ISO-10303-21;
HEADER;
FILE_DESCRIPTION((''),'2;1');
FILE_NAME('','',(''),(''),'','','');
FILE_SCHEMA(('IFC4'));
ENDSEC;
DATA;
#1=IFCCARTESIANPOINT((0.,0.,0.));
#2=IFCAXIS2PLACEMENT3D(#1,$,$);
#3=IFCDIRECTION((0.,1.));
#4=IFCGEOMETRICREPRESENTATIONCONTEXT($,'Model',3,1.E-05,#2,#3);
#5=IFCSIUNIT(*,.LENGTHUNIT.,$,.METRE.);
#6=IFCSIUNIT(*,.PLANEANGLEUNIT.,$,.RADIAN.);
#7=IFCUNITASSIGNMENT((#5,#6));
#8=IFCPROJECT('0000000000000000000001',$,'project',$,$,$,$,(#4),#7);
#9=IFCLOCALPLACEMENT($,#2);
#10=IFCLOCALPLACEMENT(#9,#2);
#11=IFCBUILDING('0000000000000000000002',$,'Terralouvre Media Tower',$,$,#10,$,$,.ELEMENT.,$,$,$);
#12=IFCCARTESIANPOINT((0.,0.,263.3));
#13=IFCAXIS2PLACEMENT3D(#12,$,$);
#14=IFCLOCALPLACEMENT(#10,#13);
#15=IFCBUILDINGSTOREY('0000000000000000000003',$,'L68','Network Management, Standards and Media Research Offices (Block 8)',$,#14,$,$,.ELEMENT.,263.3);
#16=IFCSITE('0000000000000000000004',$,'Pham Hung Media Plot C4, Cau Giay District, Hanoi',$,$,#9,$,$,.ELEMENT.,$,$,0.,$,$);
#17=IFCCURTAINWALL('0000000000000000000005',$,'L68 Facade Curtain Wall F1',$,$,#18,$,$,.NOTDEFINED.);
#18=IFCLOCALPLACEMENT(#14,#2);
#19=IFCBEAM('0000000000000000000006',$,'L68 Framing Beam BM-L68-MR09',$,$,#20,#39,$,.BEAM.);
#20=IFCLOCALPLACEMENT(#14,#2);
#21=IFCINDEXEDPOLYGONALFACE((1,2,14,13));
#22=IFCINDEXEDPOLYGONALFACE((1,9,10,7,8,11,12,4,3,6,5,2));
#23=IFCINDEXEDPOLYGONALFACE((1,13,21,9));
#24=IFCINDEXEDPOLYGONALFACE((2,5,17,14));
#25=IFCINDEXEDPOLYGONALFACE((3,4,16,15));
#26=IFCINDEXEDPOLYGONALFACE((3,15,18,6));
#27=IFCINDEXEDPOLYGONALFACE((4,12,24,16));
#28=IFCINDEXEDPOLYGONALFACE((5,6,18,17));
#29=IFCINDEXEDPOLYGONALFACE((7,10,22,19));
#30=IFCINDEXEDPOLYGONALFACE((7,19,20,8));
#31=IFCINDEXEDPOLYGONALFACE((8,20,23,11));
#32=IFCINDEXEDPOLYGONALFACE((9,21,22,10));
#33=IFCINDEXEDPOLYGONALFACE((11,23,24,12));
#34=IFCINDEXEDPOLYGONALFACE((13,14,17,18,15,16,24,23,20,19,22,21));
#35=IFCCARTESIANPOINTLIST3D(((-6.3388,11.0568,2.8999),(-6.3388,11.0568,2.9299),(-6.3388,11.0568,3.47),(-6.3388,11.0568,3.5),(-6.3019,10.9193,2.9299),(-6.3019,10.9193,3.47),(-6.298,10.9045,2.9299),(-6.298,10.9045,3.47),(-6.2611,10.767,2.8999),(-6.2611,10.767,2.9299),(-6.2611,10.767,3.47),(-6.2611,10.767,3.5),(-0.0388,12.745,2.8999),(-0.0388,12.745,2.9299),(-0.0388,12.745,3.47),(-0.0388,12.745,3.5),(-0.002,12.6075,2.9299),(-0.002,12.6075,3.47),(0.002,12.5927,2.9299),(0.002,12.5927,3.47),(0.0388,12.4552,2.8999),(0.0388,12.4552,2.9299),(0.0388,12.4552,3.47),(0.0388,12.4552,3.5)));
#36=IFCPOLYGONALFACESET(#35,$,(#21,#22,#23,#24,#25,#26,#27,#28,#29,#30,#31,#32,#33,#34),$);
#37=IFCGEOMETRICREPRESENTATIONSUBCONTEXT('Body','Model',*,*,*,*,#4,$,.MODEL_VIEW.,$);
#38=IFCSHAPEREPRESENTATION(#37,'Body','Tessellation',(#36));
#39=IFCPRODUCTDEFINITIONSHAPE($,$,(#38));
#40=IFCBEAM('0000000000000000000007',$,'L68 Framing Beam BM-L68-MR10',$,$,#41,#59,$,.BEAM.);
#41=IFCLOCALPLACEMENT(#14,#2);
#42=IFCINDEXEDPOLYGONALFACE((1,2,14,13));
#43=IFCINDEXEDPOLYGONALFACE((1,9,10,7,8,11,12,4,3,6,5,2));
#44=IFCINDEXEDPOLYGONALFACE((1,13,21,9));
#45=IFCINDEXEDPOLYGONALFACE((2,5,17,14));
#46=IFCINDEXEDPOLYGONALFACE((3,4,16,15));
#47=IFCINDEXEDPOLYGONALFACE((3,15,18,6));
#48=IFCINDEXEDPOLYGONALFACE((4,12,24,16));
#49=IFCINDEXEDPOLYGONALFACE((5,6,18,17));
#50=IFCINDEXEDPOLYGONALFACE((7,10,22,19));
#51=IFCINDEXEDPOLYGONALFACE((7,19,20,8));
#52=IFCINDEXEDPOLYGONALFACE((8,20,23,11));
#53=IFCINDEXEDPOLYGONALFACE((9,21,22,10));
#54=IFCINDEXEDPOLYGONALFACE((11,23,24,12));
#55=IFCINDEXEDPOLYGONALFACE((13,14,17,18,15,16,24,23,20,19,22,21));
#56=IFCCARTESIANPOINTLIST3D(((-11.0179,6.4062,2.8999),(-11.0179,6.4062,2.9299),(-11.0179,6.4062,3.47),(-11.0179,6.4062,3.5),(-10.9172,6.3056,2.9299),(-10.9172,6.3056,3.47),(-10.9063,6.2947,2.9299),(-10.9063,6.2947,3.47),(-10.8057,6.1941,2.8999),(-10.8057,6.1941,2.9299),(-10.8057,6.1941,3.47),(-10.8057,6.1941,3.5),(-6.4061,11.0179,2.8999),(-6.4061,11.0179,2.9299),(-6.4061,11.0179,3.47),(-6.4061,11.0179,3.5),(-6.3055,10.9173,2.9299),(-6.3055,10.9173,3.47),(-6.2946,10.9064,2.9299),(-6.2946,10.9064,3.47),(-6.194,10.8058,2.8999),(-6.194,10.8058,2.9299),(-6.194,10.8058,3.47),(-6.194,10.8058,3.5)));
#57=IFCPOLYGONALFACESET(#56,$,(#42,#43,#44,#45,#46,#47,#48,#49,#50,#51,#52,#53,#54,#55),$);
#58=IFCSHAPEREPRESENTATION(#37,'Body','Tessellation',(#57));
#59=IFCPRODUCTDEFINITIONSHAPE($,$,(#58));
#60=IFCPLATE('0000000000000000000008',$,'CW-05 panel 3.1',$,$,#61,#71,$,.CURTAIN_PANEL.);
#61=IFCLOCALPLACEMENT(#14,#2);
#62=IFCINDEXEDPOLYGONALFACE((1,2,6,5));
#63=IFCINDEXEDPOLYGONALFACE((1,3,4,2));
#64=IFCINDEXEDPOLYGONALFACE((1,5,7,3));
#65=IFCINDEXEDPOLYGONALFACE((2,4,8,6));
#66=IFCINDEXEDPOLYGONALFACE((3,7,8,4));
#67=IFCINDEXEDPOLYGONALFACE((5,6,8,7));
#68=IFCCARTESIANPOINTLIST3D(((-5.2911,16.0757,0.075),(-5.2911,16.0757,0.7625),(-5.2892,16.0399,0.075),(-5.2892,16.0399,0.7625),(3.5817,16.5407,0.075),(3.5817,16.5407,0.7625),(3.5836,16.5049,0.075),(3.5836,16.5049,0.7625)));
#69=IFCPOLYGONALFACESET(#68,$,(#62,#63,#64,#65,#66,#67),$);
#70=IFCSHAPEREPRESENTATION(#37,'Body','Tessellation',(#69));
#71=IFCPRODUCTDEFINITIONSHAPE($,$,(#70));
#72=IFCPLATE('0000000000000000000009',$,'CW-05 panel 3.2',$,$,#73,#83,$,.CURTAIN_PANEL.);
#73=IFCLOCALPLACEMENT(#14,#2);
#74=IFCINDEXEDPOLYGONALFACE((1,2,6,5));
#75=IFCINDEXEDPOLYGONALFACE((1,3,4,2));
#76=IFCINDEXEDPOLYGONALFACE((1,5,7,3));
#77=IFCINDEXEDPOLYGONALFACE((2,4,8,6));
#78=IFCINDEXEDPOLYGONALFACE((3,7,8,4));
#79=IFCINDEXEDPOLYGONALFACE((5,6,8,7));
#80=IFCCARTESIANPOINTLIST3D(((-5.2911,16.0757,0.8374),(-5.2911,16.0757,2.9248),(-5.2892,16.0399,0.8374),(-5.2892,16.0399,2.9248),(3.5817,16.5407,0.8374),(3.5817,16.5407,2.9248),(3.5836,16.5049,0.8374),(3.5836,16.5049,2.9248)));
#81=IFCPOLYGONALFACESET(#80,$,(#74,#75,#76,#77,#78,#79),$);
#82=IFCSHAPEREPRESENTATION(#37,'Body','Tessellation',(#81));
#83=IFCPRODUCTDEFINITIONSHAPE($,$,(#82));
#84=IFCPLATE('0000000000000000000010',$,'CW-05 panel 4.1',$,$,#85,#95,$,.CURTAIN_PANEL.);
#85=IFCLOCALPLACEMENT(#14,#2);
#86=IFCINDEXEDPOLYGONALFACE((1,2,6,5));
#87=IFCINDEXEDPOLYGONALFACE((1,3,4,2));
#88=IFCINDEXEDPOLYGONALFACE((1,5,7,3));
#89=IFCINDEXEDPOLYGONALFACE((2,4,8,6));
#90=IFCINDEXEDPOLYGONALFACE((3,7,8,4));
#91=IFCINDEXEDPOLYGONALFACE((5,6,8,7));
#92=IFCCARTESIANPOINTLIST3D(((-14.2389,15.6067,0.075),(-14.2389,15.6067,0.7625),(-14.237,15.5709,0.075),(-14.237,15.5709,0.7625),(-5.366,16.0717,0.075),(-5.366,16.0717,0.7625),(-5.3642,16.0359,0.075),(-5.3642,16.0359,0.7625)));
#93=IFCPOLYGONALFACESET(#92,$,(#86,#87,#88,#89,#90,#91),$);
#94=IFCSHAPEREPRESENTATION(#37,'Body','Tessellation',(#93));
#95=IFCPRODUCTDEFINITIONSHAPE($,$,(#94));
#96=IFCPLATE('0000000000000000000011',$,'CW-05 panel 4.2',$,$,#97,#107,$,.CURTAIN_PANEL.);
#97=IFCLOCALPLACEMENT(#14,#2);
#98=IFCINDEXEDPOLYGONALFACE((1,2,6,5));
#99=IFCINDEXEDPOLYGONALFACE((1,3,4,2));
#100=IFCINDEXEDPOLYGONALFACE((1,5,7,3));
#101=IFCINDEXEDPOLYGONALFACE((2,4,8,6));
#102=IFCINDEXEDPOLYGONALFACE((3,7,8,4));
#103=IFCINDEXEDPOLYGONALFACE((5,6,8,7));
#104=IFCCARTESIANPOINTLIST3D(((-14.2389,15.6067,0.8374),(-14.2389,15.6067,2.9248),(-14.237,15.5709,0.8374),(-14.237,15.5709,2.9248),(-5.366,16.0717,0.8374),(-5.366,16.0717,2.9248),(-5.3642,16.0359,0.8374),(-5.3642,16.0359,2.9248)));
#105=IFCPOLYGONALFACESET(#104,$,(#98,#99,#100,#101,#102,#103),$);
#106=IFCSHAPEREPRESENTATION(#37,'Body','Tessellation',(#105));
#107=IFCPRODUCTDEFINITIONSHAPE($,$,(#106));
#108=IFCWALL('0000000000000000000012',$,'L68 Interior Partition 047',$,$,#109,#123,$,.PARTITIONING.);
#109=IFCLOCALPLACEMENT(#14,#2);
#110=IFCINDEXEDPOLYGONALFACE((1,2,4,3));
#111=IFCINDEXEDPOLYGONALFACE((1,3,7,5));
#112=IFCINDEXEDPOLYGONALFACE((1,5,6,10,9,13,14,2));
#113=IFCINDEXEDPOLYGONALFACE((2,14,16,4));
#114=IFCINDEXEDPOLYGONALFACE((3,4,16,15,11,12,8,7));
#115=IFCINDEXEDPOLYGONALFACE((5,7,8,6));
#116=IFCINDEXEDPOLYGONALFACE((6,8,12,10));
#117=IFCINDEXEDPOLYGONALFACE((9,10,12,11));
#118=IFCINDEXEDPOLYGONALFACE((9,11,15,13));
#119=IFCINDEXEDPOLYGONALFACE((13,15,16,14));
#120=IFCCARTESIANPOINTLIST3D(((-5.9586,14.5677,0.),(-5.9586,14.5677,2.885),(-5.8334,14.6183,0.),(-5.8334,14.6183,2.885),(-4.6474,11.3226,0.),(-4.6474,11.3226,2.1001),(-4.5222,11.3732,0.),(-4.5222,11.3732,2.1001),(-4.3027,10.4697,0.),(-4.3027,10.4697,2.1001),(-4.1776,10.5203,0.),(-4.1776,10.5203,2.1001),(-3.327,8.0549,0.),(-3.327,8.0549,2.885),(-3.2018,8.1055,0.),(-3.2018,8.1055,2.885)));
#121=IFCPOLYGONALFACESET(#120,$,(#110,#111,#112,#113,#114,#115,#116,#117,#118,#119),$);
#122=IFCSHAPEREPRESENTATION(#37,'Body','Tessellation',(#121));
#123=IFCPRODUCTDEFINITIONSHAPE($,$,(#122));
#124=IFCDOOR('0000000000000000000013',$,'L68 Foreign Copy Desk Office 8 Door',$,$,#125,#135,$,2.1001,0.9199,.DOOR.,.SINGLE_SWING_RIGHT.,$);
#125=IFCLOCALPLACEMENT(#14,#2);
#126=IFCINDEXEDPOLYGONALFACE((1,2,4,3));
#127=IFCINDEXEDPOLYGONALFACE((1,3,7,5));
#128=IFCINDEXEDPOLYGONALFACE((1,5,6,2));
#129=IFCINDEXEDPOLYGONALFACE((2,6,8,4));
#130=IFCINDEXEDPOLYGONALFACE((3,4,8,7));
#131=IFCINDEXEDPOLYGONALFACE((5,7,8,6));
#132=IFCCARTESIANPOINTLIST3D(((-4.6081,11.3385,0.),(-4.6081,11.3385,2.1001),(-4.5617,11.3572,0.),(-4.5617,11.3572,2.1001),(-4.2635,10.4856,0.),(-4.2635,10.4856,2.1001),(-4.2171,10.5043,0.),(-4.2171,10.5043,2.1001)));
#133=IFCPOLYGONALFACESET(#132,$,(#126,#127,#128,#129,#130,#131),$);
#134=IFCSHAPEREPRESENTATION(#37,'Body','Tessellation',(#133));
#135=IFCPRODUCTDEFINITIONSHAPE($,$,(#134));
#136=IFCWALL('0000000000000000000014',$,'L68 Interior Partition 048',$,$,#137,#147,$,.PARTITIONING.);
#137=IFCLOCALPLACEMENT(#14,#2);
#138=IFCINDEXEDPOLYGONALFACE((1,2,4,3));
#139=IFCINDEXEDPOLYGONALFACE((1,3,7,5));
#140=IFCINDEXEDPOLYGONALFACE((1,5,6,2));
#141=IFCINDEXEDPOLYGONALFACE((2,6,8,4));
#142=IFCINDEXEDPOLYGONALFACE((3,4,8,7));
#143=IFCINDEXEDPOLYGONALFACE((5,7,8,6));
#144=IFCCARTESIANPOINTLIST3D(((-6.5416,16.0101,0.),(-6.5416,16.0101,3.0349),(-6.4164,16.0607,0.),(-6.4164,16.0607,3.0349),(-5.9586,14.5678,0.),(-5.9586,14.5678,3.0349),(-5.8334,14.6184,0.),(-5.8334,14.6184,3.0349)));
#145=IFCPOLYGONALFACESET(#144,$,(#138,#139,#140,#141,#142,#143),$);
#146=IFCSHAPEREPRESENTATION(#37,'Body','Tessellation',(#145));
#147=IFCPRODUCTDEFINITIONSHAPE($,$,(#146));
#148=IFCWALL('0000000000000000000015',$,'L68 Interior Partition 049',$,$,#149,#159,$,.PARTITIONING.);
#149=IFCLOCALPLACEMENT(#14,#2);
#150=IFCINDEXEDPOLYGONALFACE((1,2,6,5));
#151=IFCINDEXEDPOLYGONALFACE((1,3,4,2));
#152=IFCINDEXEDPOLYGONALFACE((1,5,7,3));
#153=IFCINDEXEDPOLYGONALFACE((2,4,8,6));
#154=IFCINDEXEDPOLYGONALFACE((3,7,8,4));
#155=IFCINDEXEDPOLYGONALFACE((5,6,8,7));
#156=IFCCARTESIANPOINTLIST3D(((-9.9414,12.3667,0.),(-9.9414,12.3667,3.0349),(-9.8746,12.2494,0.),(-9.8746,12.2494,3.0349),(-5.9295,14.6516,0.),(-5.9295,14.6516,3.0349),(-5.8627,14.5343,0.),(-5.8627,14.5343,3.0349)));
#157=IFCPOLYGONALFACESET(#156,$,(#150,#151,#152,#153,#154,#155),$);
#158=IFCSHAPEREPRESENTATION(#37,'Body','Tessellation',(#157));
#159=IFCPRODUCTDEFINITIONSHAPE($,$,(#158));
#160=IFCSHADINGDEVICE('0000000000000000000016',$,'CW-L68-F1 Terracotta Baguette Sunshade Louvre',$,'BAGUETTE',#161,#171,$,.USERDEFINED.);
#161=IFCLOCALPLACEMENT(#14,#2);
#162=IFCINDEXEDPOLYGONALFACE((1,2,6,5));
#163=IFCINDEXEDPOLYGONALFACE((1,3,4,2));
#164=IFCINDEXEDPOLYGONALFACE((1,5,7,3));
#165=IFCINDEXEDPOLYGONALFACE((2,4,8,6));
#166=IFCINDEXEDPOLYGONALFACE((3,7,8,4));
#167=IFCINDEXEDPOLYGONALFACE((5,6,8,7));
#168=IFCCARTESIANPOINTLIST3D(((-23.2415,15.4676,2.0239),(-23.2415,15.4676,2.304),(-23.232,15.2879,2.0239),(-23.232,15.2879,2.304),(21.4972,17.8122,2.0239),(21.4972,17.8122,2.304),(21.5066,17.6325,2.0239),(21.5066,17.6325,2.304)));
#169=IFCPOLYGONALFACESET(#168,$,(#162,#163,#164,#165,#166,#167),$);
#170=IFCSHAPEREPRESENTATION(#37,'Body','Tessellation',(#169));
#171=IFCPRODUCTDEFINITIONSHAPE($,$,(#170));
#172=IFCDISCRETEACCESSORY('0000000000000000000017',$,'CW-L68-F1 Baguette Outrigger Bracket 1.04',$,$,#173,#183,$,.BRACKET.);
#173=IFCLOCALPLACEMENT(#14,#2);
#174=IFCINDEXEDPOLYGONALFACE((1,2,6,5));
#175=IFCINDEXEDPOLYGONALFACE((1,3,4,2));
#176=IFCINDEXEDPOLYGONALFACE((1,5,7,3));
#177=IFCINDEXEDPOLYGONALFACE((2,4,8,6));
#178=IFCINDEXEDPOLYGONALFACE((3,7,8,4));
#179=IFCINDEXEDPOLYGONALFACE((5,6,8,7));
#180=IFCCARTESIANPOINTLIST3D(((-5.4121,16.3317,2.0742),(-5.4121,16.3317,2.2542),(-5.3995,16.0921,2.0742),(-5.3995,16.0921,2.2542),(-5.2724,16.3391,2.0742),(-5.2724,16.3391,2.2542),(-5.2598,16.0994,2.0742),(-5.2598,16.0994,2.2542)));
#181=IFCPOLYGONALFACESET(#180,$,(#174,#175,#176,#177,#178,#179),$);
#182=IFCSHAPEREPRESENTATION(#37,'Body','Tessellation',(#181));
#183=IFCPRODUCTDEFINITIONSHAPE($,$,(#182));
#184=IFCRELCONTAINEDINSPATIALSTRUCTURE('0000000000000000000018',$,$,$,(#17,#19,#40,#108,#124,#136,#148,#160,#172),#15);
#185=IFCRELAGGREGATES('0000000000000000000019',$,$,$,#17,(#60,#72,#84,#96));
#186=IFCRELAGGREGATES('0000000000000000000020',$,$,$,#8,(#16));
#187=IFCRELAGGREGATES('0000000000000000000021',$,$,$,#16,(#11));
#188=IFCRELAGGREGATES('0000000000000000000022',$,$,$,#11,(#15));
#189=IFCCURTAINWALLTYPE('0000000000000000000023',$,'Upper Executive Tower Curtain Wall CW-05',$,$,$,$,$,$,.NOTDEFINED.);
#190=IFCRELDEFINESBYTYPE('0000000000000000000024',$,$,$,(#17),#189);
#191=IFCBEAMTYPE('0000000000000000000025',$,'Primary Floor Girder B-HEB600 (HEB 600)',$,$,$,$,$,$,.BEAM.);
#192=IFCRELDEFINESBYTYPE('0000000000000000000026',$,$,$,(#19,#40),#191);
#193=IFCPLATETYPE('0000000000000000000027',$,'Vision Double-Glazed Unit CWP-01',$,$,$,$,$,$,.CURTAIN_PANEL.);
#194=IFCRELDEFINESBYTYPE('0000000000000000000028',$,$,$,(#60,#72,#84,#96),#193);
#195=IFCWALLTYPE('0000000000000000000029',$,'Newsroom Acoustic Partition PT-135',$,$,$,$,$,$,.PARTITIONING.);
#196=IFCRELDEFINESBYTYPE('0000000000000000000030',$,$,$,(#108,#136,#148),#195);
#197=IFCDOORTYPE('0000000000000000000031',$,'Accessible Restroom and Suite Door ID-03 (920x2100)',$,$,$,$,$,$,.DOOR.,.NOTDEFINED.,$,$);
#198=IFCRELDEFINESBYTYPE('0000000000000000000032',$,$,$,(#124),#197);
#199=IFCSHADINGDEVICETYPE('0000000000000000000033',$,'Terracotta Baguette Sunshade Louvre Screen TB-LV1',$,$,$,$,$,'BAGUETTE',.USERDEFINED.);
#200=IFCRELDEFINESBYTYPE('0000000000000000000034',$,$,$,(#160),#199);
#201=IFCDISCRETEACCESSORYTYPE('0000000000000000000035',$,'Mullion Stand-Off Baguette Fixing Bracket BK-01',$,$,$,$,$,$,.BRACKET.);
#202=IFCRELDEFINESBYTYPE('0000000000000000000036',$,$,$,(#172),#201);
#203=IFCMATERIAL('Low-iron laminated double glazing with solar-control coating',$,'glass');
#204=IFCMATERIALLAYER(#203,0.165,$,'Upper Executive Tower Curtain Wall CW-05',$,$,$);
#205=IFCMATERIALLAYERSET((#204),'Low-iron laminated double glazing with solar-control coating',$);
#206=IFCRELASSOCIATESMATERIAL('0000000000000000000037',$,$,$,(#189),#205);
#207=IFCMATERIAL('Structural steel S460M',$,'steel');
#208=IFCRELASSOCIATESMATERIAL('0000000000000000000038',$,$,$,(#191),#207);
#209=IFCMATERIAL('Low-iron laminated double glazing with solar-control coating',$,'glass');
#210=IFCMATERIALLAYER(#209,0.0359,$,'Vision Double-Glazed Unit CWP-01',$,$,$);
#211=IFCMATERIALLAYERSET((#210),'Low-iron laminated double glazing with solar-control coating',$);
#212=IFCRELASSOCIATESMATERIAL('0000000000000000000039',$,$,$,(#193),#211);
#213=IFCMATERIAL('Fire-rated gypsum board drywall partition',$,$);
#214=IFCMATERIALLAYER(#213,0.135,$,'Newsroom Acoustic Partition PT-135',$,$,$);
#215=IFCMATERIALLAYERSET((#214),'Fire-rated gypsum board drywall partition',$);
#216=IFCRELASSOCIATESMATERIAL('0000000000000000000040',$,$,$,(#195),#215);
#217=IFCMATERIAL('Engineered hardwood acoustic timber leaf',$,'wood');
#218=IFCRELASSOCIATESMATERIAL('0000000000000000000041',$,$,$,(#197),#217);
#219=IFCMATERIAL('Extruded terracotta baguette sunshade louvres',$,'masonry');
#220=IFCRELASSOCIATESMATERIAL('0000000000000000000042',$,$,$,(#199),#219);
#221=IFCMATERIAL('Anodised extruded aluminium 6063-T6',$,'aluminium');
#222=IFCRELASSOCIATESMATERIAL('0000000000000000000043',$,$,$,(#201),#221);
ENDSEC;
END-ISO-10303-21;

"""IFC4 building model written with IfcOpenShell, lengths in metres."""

from ifc_helpers import new_model, si_unit, direction, frame, frame_2d, origin, origin_2d, place, context, subcontext, project, spatial, rectangle, i_section, extrude, material, layer, layer_set, material_profile, profile_set, type_object, element, fill, aggregate, save


model = new_model("IFC4")

# Units and contexts
model_context = context("Model", 3, precision=1e-05, world=origin(), true_north=direction((0.0, 1.0)))
body_context = subcontext(model_context, "Body", "Model", "MODEL_VIEW")
ifc_project = project(units=[si_unit("LENGTHUNIT", "METRE"), si_unit("PLANEANGLEUNIT", "RADIAN")], contexts=[model_context])

# Site, building, storey
site_placement = place(None, origin())
site = spatial("IfcSite", under=ifc_project, at=site_placement, Name="Pham Hung Media Plot C4, Cau Giay District, Hanoi", CompositionType="ELEMENT", RefElevation=0.0)
building_placement = place(site_placement, origin())
building = spatial("IfcBuilding", under=site, at=building_placement, Name="Terralouvre Media Tower", CompositionType="ELEMENT")
storey_placement = place(building_placement, frame((0.0, 0.0, 263.3)))
storey = spatial("IfcBuildingStorey", under=building, at=storey_placement, Name="L68", Description="Network Management, Standards and Media Research Offices (Block 8)", CompositionType="ELEMENT", Elevation=263.3)

# Curtain wall
ifc_material_1 = material(Name="Low-iron laminated double glazing with solar-control coating", Category="glass")
ifc_layer_1 = layer(ifc_material_1, 0.165, Name="Upper Executive Tower Curtain Wall CW-05")
ifc_layer_set_1 = layer_set([ifc_layer_1], Name="Low-iron laminated double glazing with solar-control coating")
curtain_wall_type = type_object("IfcCurtainWallType", Name="Upper Executive Tower Curtain Wall CW-05", PredefinedType="NOTDEFINED", material=ifc_layer_set_1)
curtain_wall_placement = place(storey_placement, origin())
curtain_wall = element("IfcCurtainWall", 1, at=curtain_wall_placement, inside=storey, type_object=curtain_wall_type, Name="L68 Facade Curtain Wall F1", PredefinedType="NOTDEFINED")

# Beams
ifc_material_2 = material(Name="Structural steel S460M", Category="steel")
ifc_material_profile_1 = material_profile(ifc_material_2, i_section(OverallWidth=0.3, OverallDepth=0.6001, WebThickness=0.0154, FlangeThickness=0.03, at=origin_2d()), Name="HEB 600")
ifc_profile_set_1 = profile_set([ifc_material_profile_1], Name="Structural steel S460M")
beam_type_1 = type_object("IfcBeamType", Name="Primary Floor Girder B-HEB600 (HEB 600)", PredefinedType="BEAM", material=ifc_profile_set_1)
beam_1_placement = place(storey_placement, frame((0.0, 12.6001, 3.2), z_axis=(-0.96592, -0.258839, 0.0), x_axis=(0.258839, -0.96592, 0.0)))
element("IfcBeam", 2, at=beam_1_placement, inside=storey, type_object=beam_type_1, Name="L68 Framing Beam BM-L68-MR09", PredefinedType="BEAM", context=body_context, shape_type="SweptSolid", body=[
    extrude(i_section(OverallWidth=0.3, OverallDepth=0.6001, WebThickness=0.0154, FlangeThickness=0.03, at=origin_2d()), origin(), (0.0, 0.0, 1.0), 6.5222),
])
beam_2_placement = place(storey_placement, frame((-6.3, 10.9119, 3.2), z_axis=(-0.707107, -0.707107, 0.0), x_axis=(0.707107, -0.707107, 0.0)))
element("IfcBeam", 3, at=beam_2_placement, inside=storey, type_object=beam_type_1, Name="L68 Framing Beam BM-L68-MR10", PredefinedType="BEAM", context=body_context, shape_type="SweptSolid", body=[
    extrude(i_section(OverallWidth=0.3, OverallDepth=0.6001, WebThickness=0.0154, FlangeThickness=0.03, at=origin_2d()), origin(), (0.0, 0.0, 1.0), 6.522),
])

# Plates
ifc_material_3 = material(Name="Low-iron laminated double glazing with solar-control coating", Category="glass")
ifc_layer_2 = layer(ifc_material_3, 0.0359, Name="Vision Double-Glazed Unit CWP-01")
ifc_layer_set_2 = layer_set([ifc_layer_2], Name="Low-iron laminated double glazing with solar-control coating")
plate_type = type_object("IfcPlateType", Name="Vision Double-Glazed Unit CWP-01", PredefinedType="CURTAIN_PANEL", material=ifc_layer_set_2)
plate_1_placement = place(storey_placement, frame((-0.8538, 16.2903, 0.075), z_axis=(0.0, 0.0, 1.0), x_axis=(-0.99863, -0.052336, 0.0)))
plate_1 = element("IfcPlate", 4, at=plate_1_placement, type_object=plate_type, Name="CW-05 panel 3.1", PredefinedType="CURTAIN_PANEL", context=body_context, shape_type="SweptSolid", body=[
    extrude(rectangle(XDim=8.885, YDim=0.0359, at=origin_2d()), origin(), (0.0, 0.0, 1.0), 0.6875),
])
plate_2_placement = place(storey_placement, frame((-0.8538, 16.2903, 0.8374), z_axis=(0.0, 0.0, 1.0), x_axis=(-0.99863, -0.052336, 0.0)))
plate_2 = element("IfcPlate", 5, at=plate_2_placement, type_object=plate_type, Name="CW-05 panel 3.2", PredefinedType="CURTAIN_PANEL", context=body_context, shape_type="SweptSolid", body=[
    extrude(rectangle(XDim=8.885, YDim=0.0359, at=origin_2d()), origin(), (0.0, 0.0, 1.0), 2.0874),
])
plate_3_placement = place(storey_placement, frame((-9.8015, 15.8213, 0.075), z_axis=(0.0, 0.0, 1.0), x_axis=(-0.99863, -0.052336, 0.0)))
plate_3 = element("IfcPlate", 6, at=plate_3_placement, type_object=plate_type, Name="CW-05 panel 4.1", PredefinedType="CURTAIN_PANEL", context=body_context, shape_type="SweptSolid", body=[
    extrude(rectangle(XDim=8.885, YDim=0.0359, at=origin_2d()), origin(), (0.0, 0.0, 1.0), 0.6875),
])
plate_4_placement = place(storey_placement, frame((-9.8015, 15.8213, 0.8374), z_axis=(0.0, 0.0, 1.0), x_axis=(-0.99863, -0.052336, 0.0)))
plate_4 = element("IfcPlate", 7, at=plate_4_placement, type_object=plate_type, Name="CW-05 panel 4.2", PredefinedType="CURTAIN_PANEL", context=body_context, shape_type="SweptSolid", body=[
    extrude(rectangle(XDim=8.885, YDim=0.0359, at=origin_2d()), origin(), (0.0, 0.0, 1.0), 2.0874),
])
aggregate(curtain_wall, [plate_1, plate_2, plate_3, plate_4])

# Wall, opening, door
ifc_material_4 = material(Name="Fire-rated gypsum board drywall partition")
ifc_layer_3 = layer(ifc_material_4, 0.135, Name="Newsroom Acoustic Partition PT-135")
ifc_layer_set_3 = layer_set([ifc_layer_3], Name="Fire-rated gypsum board drywall partition")
wall_type = type_object("IfcWallType", Name="Newsroom Acoustic Partition PT-135", PredefinedType="PARTITIONING", material=ifc_layer_set_3)
wall_1_placement = place(storey_placement, frame((-5.896, 14.593, 0.0), z_axis=(0.0, 0.0, 1.0), x_axis=(0.37463, -0.927174, 0.0)))
wall_1 = element("IfcWall", 8, at=wall_1_placement, inside=storey, type_object=wall_type, Name="L68 Interior Partition 047", PredefinedType="PARTITIONING", context=body_context, shape_type="SweptSolid", body=[
    extrude(rectangle(XDim=7.0244, YDim=0.135, at=frame_2d((3.5122, 0.0))), origin(), (0.0, 0.0, 1.0), 2.885),
])
opening_placement = place(wall_1_placement, frame((3.5, 0.0, 0.0)))
opening = element("IfcOpeningElement", 9, at=opening_placement, cuts=wall_1, PredefinedType="OPENING", context=body_context, shape_type="SweptSolid", body=[
    extrude(rectangle(XDim=0.9199, YDim=2.1001, at=frame_2d((0.46, 1.05))), frame((0.0, 0.0774, 0.0), z_axis=(0.0, -1.0, 0.0), x_axis=(1.0, 0.0, 0.0)), (0.0, 0.0, 1.0), 0.155),
])
ifc_material_5 = material(Name="Engineered hardwood acoustic timber leaf", Category="wood")
door_type = type_object("IfcDoorType", Name="Accessible Restroom and Suite Door ID-03 (920x2100)", OperationType="NOTDEFINED", PredefinedType="DOOR", material=ifc_material_5)
door_placement = place(opening_placement, origin())
door = element("IfcDoor", 10, at=door_placement, inside=storey, type_object=door_type, Name="L68 Foreign Copy Desk Office 8 Door", OperationType="SINGLE_SWING_RIGHT", OverallHeight=2.1001, OverallWidth=0.9199, PredefinedType="DOOR", context=body_context, shape_type="SweptSolid", body=[
    extrude(rectangle(XDim=0.9199, YDim=2.1001, at=frame_2d((0.46, 1.05))), frame((0.0, 0.0249, 0.0), z_axis=(0.0, -1.0, 0.0), x_axis=(1.0, 0.0, 0.0)), (0.0, 0.0, 1.0), 0.05),
])
fill(opening, door)

# Walls
wall_2_placement = place(storey_placement, frame((-6.479, 16.0354, 0.0), z_axis=(0.0, 0.0, 1.0), x_axis=(0.374743, -0.927129, 0.0)))
element("IfcWall", 11, at=wall_2_placement, inside=storey, type_object=wall_type, Name="L68 Interior Partition 048", PredefinedType="PARTITIONING", context=body_context, shape_type="SweptSolid", body=[
    extrude(rectangle(XDim=1.5557, YDim=0.135, at=frame_2d((0.7778, 0.0))), origin(), (0.0, 0.0, 1.0), 3.0349),
])
wall_3_placement = place(storey_placement, frame((-5.896, 14.593, 0.0), z_axis=(0.0, 0.0, 1.0), x_axis=(-0.868955, -0.494891, 0.0)))
element("IfcWall", 12, at=wall_3_placement, inside=storey, type_object=wall_type, Name="L68 Interior Partition 049", PredefinedType="PARTITIONING", context=body_context, shape_type="SweptSolid", body=[
    extrude(rectangle(XDim=4.6169, YDim=0.135, at=frame_2d((2.3086, 0.0))), origin(), (0.0, 0.0, 1.0), 3.0349),
])

# Shading device
ifc_material_6 = material(Name="Extruded terracotta baguette sunshade louvres", Category="masonry")
shading_device_type = type_object("IfcShadingDeviceType", Name="Terracotta Baguette Sunshade Louvre Screen TB-LV1", ElementType="BAGUETTE", PredefinedType="USERDEFINED", material=ifc_material_6)
shading_device_placement = place(storey_placement, frame((-0.8674, 16.55, 2.0239), z_axis=(0.0, 0.0, 1.0), x_axis=(-0.99863, -0.052336, 0.0)))
element("IfcShadingDevice", 13, at=shading_device_placement, inside=storey, type_object=shading_device_type, Name="CW-L68-F1 Terracotta Baguette Sunshade Louvre", ObjectType="BAGUETTE", PredefinedType="USERDEFINED", context=body_context, shape_type="SweptSolid", body=[
    extrude(rectangle(XDim=44.8, YDim=0.1799, at=origin_2d()), origin(), (0.0, 0.0, 1.0), 0.28),
])

# Discrete accessory
ifc_material_7 = material(Name="Anodised extruded aluminium 6063-T6", Category="aluminium")
discrete_accessory_type = type_object("IfcDiscreteAccessoryType", Name="Mullion Stand-Off Baguette Fixing Bracket BK-01", PredefinedType="BRACKET", material=ifc_material_7)
discrete_accessory_placement = place(storey_placement, frame((-5.3359, 16.2156, 2.0742), z_axis=(0.0, 0.0, 1.0), x_axis=(-0.99863, -0.052336, 0.0)))
element("IfcDiscreteAccessory", 14, at=discrete_accessory_placement, inside=storey, type_object=discrete_accessory_type, Name="CW-L68-F1 Baguette Outrigger Bracket 1.04", PredefinedType="BRACKET", context=body_context, shape_type="SweptSolid", body=[
    extrude(rectangle(XDim=0.1399, YDim=0.24, at=origin_2d()), origin(), (0.0, 0.0, 1.0), 0.1799),
])

save(model, "model.ifc")
